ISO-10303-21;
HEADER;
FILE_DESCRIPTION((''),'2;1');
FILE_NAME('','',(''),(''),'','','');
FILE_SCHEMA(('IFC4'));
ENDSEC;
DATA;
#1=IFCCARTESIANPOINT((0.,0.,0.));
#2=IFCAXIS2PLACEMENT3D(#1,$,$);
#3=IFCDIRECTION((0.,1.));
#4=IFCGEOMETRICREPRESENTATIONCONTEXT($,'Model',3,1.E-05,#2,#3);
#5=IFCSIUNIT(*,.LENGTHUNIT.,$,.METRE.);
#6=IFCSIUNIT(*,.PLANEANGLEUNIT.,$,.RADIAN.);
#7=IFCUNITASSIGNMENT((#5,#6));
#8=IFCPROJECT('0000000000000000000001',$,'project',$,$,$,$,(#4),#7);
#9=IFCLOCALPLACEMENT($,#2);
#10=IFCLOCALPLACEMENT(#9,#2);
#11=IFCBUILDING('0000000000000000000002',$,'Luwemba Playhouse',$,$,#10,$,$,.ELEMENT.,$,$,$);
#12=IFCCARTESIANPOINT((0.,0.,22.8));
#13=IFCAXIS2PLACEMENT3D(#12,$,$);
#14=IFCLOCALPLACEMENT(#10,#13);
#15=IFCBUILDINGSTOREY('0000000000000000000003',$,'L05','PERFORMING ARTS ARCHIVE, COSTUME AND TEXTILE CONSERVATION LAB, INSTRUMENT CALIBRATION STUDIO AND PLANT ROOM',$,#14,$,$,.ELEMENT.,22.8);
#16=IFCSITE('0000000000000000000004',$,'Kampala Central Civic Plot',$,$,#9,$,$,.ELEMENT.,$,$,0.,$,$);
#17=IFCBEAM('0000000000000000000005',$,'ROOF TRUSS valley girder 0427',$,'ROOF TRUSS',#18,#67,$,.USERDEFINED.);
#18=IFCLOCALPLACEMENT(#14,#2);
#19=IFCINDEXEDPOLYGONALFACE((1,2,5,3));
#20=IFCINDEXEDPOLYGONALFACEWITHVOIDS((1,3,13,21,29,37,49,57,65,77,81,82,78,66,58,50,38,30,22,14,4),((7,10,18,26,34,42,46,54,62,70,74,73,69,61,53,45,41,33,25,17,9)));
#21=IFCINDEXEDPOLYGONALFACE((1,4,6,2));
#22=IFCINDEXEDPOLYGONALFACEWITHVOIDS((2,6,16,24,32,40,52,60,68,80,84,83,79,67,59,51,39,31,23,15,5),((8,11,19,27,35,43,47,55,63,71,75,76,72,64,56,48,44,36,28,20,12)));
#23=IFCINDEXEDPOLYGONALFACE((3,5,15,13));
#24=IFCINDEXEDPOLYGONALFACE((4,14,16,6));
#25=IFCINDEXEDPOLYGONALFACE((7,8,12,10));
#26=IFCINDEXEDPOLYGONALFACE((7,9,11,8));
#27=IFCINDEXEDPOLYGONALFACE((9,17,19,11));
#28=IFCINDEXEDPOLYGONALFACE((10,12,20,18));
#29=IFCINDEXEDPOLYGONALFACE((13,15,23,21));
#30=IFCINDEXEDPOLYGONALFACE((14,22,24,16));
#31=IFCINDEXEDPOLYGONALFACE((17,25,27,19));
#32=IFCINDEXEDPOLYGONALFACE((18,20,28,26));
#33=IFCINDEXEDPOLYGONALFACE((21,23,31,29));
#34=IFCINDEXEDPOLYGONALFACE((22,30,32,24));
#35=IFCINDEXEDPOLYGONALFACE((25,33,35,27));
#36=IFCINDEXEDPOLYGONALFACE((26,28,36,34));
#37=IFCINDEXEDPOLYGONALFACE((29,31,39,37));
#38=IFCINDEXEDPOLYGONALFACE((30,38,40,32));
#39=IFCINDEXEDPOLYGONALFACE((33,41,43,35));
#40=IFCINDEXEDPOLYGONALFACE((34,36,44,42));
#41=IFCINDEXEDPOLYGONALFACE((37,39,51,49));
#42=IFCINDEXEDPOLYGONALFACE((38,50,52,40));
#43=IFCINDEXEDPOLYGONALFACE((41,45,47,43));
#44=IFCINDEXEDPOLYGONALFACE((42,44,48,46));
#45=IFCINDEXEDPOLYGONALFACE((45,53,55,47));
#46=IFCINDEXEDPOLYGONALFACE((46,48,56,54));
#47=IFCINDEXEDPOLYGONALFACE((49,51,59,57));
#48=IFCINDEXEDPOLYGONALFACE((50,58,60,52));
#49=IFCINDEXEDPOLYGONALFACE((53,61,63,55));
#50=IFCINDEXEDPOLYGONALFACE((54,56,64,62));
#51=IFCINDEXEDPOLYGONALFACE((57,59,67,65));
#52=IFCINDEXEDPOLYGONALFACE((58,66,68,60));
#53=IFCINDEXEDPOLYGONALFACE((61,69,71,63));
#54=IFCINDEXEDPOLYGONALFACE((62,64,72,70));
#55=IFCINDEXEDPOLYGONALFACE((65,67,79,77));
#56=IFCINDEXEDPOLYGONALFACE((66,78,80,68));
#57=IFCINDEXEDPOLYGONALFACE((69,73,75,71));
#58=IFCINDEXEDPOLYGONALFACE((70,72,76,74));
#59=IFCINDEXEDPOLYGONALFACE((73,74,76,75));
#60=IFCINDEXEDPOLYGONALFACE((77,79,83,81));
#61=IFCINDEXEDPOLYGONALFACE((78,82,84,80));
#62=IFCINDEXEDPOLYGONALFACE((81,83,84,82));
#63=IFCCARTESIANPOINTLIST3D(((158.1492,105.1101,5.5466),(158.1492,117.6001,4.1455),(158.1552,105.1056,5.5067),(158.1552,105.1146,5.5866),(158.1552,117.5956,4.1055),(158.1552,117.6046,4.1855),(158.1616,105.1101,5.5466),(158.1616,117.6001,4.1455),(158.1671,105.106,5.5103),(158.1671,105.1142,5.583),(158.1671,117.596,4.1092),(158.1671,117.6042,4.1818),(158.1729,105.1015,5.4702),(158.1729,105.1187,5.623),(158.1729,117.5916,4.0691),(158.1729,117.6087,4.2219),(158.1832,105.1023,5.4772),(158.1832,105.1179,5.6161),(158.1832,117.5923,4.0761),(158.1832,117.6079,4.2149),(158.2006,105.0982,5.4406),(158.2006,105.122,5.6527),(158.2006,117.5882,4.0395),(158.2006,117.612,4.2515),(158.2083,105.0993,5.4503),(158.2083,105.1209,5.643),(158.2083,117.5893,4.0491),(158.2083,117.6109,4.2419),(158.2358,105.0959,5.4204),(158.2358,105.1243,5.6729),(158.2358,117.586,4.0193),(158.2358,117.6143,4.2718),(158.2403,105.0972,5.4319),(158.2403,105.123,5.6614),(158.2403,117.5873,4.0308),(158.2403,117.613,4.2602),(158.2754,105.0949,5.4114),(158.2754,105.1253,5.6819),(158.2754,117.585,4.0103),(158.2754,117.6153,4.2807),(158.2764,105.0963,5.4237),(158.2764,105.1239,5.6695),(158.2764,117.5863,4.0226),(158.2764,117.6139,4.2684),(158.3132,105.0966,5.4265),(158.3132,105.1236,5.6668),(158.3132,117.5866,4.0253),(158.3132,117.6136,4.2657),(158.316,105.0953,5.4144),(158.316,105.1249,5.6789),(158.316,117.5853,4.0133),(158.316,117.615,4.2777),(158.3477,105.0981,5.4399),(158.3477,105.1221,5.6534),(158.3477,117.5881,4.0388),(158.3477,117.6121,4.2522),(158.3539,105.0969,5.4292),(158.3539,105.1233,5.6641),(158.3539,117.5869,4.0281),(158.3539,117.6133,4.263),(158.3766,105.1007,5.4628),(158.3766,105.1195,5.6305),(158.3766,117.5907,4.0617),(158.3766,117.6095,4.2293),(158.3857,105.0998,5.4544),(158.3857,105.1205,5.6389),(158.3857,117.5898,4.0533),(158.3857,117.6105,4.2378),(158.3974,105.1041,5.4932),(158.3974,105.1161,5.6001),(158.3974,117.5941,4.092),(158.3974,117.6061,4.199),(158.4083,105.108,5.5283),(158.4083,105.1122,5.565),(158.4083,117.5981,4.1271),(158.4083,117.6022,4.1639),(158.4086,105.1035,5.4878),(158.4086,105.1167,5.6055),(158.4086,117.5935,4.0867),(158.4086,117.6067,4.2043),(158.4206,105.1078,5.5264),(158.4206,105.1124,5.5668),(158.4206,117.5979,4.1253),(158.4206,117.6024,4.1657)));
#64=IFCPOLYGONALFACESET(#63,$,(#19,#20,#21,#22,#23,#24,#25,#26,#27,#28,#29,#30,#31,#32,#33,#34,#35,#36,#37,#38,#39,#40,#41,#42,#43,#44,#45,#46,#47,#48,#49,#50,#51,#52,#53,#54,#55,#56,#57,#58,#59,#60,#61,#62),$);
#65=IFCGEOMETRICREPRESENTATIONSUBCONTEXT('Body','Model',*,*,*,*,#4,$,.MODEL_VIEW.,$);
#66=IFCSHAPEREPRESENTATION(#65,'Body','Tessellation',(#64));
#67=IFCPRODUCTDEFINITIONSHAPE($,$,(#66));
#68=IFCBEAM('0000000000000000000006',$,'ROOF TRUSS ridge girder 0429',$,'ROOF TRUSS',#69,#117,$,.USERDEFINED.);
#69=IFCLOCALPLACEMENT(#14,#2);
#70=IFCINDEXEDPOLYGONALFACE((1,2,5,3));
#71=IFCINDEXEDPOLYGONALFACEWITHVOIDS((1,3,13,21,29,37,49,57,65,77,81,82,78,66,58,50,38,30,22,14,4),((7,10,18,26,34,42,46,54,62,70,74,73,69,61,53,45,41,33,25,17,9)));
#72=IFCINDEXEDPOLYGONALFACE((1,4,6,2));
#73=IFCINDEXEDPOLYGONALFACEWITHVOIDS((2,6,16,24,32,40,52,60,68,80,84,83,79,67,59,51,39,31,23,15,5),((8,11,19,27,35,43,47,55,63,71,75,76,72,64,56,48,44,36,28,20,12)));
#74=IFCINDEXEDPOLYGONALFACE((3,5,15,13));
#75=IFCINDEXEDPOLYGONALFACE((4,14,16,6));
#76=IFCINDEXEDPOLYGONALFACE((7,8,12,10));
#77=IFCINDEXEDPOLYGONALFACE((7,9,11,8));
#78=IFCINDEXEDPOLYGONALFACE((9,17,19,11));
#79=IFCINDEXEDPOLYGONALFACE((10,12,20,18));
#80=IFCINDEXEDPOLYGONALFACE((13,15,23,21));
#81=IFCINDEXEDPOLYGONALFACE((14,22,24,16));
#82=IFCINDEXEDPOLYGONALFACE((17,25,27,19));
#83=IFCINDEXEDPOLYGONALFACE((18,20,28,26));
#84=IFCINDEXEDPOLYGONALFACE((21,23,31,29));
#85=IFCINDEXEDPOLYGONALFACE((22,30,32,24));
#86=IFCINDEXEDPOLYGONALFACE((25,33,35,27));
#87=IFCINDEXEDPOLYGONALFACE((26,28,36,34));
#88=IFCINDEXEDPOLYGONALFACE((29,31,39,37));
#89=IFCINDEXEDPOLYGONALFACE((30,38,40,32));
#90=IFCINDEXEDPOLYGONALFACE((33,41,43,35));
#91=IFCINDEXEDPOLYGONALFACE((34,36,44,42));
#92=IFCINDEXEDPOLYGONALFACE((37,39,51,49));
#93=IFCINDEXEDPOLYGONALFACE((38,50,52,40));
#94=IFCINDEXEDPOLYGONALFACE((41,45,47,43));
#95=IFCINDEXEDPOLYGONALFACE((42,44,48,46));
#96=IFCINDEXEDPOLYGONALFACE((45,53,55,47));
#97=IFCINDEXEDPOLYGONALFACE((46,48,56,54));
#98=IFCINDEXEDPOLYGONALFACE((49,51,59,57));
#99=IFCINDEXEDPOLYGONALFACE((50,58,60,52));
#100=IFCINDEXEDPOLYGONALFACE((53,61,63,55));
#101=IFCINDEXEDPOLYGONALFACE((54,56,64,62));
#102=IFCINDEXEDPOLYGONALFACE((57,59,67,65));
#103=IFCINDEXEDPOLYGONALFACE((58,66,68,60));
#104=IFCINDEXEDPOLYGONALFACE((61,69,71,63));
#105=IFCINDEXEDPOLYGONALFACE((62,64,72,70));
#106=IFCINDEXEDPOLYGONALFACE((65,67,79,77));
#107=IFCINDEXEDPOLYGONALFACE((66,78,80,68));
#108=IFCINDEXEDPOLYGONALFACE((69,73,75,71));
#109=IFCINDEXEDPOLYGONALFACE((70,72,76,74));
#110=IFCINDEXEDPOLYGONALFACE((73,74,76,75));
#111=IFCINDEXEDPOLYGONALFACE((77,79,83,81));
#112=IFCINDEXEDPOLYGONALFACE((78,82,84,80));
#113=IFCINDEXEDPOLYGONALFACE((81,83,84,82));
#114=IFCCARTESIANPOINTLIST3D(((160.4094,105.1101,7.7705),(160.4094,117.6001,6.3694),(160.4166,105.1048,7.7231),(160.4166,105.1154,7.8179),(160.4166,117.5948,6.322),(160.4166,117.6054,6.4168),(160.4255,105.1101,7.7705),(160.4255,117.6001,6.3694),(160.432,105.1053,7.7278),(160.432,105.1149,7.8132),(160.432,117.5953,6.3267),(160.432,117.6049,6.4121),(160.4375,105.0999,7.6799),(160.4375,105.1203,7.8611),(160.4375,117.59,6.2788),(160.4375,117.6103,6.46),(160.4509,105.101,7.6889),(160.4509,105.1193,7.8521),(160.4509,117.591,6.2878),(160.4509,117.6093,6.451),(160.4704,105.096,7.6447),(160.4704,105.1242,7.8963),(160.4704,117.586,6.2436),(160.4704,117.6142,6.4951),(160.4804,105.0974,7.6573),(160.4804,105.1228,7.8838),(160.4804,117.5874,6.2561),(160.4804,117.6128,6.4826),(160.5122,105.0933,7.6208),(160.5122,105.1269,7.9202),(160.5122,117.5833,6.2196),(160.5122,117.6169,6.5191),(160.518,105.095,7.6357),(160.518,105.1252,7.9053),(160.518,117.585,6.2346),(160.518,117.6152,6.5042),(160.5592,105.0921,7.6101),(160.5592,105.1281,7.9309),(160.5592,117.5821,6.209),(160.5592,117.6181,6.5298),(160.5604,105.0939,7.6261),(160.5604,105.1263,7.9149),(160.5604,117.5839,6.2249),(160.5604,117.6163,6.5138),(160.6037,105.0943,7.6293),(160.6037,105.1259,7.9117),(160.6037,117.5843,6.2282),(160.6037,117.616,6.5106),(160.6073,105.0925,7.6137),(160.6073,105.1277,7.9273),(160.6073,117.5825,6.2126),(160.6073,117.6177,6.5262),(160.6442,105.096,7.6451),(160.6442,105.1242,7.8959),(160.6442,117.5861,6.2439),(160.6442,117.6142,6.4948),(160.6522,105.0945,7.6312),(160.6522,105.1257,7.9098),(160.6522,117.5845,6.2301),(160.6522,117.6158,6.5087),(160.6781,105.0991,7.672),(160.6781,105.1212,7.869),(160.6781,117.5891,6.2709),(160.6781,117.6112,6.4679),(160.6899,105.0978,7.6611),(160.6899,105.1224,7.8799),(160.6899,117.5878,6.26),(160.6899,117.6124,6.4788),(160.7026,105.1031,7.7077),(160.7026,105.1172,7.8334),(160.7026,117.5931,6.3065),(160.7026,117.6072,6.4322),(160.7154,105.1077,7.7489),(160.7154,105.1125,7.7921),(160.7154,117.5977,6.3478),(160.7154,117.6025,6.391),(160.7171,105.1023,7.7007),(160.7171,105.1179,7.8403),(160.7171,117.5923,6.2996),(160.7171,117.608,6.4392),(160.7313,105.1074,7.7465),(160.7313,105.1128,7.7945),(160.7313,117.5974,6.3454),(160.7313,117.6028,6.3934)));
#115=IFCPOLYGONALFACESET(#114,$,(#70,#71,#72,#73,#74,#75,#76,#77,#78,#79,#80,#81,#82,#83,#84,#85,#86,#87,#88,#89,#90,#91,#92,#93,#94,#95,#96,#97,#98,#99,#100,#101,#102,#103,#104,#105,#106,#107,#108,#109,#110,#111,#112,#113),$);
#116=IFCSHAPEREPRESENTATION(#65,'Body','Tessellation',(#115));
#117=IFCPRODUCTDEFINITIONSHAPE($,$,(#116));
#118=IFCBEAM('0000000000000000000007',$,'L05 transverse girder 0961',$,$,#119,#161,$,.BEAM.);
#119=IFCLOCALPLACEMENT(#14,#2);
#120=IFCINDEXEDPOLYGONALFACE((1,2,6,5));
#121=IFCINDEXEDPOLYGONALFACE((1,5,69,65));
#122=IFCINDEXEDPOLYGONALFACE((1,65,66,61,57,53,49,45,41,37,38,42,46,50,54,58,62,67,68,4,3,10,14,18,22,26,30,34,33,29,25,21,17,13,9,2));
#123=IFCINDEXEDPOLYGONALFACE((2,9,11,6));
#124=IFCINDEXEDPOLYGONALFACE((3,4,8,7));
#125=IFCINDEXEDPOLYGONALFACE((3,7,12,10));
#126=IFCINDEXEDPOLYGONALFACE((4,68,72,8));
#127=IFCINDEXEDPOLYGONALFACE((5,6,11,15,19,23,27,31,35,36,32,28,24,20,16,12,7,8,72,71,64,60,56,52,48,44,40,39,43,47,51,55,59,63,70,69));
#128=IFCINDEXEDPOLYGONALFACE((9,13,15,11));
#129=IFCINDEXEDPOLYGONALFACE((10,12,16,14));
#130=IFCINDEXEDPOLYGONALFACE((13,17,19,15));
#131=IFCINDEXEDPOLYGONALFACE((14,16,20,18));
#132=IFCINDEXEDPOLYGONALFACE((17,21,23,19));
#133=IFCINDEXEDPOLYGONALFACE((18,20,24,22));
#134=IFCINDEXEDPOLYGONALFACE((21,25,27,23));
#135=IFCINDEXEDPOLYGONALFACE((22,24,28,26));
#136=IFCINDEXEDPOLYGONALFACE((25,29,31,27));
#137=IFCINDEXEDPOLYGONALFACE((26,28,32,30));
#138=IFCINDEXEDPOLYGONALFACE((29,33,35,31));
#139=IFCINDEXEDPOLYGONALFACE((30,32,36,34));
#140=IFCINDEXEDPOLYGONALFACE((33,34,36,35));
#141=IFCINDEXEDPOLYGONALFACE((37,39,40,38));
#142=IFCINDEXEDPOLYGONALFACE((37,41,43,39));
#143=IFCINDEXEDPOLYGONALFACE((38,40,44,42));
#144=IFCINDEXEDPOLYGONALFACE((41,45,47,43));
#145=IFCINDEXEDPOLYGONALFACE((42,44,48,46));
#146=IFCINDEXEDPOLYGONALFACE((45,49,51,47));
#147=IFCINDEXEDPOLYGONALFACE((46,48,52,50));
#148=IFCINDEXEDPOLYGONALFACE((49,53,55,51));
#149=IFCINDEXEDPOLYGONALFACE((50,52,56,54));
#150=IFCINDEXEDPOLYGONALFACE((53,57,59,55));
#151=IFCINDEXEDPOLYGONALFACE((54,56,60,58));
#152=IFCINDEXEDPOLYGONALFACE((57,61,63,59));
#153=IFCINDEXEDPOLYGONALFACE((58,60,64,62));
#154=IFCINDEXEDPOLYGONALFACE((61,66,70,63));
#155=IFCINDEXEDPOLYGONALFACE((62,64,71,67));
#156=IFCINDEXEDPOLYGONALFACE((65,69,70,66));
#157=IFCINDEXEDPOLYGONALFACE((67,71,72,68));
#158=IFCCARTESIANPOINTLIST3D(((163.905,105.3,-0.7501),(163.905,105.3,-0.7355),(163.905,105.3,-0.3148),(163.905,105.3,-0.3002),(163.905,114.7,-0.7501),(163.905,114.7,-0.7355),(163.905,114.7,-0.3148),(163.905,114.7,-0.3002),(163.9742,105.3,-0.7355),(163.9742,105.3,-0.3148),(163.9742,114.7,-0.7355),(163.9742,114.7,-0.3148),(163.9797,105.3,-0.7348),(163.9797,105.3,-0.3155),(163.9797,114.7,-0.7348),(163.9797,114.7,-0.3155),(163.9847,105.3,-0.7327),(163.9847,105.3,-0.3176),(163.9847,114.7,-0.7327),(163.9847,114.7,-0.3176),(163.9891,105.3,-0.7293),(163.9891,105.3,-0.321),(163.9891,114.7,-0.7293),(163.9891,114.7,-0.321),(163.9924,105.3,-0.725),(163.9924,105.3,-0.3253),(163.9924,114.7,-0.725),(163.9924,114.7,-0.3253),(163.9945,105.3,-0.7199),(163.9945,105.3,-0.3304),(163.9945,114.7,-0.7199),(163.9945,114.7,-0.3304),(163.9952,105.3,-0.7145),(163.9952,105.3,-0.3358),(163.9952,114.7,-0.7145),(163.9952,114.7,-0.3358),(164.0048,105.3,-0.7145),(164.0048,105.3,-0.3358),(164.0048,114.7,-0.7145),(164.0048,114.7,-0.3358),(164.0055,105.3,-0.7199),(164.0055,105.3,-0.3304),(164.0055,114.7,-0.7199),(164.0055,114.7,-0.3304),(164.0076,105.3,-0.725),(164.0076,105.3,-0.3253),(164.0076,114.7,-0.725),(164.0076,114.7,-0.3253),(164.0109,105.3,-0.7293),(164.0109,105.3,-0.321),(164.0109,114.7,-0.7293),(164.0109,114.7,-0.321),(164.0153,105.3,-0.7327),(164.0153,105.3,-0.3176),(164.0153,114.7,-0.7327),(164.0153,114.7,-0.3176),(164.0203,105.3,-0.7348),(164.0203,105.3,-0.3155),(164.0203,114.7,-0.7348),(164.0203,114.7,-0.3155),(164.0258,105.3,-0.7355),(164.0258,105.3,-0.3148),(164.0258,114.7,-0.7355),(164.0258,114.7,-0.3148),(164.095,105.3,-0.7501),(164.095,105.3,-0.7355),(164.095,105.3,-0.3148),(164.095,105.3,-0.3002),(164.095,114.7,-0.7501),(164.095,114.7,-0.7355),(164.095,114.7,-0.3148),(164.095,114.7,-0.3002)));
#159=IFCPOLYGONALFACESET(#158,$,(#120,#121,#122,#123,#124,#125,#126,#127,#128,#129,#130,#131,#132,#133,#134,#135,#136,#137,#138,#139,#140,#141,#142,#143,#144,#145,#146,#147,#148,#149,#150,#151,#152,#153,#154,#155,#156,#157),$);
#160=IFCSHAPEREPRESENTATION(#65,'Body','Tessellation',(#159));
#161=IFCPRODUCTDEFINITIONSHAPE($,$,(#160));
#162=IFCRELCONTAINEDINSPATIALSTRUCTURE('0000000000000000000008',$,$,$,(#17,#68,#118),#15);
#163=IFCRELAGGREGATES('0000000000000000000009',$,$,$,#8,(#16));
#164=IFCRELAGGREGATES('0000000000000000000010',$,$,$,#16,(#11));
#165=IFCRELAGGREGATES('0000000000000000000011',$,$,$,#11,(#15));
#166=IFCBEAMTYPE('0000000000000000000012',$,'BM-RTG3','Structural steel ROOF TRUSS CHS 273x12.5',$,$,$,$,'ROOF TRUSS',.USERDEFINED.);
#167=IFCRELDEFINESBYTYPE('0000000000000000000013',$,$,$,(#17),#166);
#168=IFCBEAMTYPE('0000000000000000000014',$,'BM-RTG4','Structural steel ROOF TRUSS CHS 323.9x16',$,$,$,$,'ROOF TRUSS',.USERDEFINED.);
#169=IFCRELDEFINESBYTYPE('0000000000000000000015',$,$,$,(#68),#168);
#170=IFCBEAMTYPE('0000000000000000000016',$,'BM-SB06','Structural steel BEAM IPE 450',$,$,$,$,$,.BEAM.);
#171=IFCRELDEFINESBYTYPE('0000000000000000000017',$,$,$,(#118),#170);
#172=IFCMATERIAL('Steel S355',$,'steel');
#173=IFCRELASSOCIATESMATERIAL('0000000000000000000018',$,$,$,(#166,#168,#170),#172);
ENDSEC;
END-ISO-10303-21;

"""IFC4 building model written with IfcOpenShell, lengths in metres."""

from ifc_helpers import new_model, si_unit, direction, frame, origin, origin_2d, place, context, subcontext, project, spatial, hollow_circle, i_section, extrude, material, material_profile, profile_set, type_object, element, save


model = new_model("IFC4")

# Units and contexts
model_context = context("Model", 3, precision=1e-05, world=origin(), true_north=direction((0.0, 1.0)))
body_context = subcontext(model_context, "Body", "Model", "MODEL_VIEW")
ifc_project = project(units=[si_unit("LENGTHUNIT", "METRE"), si_unit("PLANEANGLEUNIT", "RADIAN")], contexts=[model_context])

# Site, building, storey
site_placement = place(None, origin())
site = spatial("IfcSite", under=ifc_project, at=site_placement, Name="Kampala Central Civic Plot", CompositionType="ELEMENT", RefElevation=0.0)
building_placement = place(site_placement, origin())
building = spatial("IfcBuilding", under=site, at=building_placement, Name="Luwemba Playhouse", CompositionType="ELEMENT")
storey_placement = place(building_placement, frame((0.0, 0.0, 22.8)))
storey = spatial("IfcBuildingStorey", under=building, at=storey_placement, Name="L05", Description="PERFORMING ARTS ARCHIVE, COSTUME AND TEXTILE CONSERVATION LAB, INSTRUMENT CALIBRATION STUDIO AND PLANT ROOM", CompositionType="ELEMENT", Elevation=22.8)

# Beams
ifc_material_1 = material(Name="Steel S355", Category="steel")
ifc_material_profile_1 = material_profile(ifc_material_1, hollow_circle(Radius=0.1365, WallThickness=0.0125, at=origin_2d()))
ifc_profile_set_1 = profile_set([ifc_material_profile_1], Name="Steel S355")
beam_type_1 = type_object("IfcBeamType", Name="BM-RTG3", Description="Structural steel ROOF TRUSS CHS 273x12.5", ElementType="ROOF TRUSS", PredefinedType="USERDEFINED", material=ifc_profile_set_1)
beam_1_placement = place(storey_placement, frame((158.2856, 105.1101, 5.5466), z_axis=(0.0, 0.993767, -0.11148), x_axis=(-1.0, 0.0, 0.0)))
element("IfcBeam", 1, at=beam_1_placement, inside=storey, type_object=beam_type_1, Name="ROOF TRUSS valley girder 0427", ObjectType="ROOF TRUSS", PredefinedType="USERDEFINED", context=body_context, shape_type="SweptSolid", body=[
    extrude(hollow_circle(Radius=0.1365, WallThickness=0.0125, at=origin_2d()), origin(), (0.0, 0.0, 1.0), 12.5684),
])
ifc_material_profile_2 = material_profile(ifc_material_1, hollow_circle(Radius=0.1619, WallThickness=0.0161, at=origin_2d()))
ifc_profile_set_2 = profile_set([ifc_material_profile_2], Name="Steel S355")
beam_type_2 = type_object("IfcBeamType", Name="BM-RTG4", Description="Structural steel ROOF TRUSS CHS 323.9x16", ElementType="ROOF TRUSS", PredefinedType="USERDEFINED", material=ifc_profile_set_2)
beam_2_placement = place(storey_placement, frame((160.5713, 105.1101, 7.7705), z_axis=(0.0, 0.993767, -0.11148), x_axis=(-1.0, 0.0, 0.0)))
element("IfcBeam", 2, at=beam_2_placement, inside=storey, type_object=beam_type_2, Name="ROOF TRUSS ridge girder 0429", ObjectType="ROOF TRUSS", PredefinedType="USERDEFINED", context=body_context, shape_type="SweptSolid", body=[
    extrude(hollow_circle(Radius=0.1619, WallThickness=0.0161, at=origin_2d()), origin(), (0.0, 0.0, 1.0), 12.5684),
])
ifc_material_profile_3 = material_profile(ifc_material_1, i_section(OverallWidth=0.1899, OverallDepth=0.45, WebThickness=0.0095, FlangeThickness=0.0146, FilletRadius=0.021, at=origin_2d()))
ifc_profile_set_3 = profile_set([ifc_material_profile_3], Name="Steel S355")
beam_type_3 = type_object("IfcBeamType", Name="BM-SB06", Description="Structural steel BEAM IPE 450", PredefinedType="BEAM", material=ifc_profile_set_3)
beam_3_placement = place(storey_placement, frame((164.0, 105.3, -0.5251), z_axis=(0.0, 1.0, 0.0), x_axis=(-1.0, 0.0, 0.0)))
element("IfcBeam", 3, at=beam_3_placement, inside=storey, type_object=beam_type_3, Name="L05 transverse girder 0961", PredefinedType="BEAM", context=body_context, shape_type="SweptSolid", body=[
    extrude(i_section(OverallWidth=0.1899, OverallDepth=0.45, WebThickness=0.0095, FlangeThickness=0.0146, FilletRadius=0.021, at=origin_2d()), origin(), (0.0, 0.0, 1.0), 9.3999),
])

save(model, "model.ifc")
